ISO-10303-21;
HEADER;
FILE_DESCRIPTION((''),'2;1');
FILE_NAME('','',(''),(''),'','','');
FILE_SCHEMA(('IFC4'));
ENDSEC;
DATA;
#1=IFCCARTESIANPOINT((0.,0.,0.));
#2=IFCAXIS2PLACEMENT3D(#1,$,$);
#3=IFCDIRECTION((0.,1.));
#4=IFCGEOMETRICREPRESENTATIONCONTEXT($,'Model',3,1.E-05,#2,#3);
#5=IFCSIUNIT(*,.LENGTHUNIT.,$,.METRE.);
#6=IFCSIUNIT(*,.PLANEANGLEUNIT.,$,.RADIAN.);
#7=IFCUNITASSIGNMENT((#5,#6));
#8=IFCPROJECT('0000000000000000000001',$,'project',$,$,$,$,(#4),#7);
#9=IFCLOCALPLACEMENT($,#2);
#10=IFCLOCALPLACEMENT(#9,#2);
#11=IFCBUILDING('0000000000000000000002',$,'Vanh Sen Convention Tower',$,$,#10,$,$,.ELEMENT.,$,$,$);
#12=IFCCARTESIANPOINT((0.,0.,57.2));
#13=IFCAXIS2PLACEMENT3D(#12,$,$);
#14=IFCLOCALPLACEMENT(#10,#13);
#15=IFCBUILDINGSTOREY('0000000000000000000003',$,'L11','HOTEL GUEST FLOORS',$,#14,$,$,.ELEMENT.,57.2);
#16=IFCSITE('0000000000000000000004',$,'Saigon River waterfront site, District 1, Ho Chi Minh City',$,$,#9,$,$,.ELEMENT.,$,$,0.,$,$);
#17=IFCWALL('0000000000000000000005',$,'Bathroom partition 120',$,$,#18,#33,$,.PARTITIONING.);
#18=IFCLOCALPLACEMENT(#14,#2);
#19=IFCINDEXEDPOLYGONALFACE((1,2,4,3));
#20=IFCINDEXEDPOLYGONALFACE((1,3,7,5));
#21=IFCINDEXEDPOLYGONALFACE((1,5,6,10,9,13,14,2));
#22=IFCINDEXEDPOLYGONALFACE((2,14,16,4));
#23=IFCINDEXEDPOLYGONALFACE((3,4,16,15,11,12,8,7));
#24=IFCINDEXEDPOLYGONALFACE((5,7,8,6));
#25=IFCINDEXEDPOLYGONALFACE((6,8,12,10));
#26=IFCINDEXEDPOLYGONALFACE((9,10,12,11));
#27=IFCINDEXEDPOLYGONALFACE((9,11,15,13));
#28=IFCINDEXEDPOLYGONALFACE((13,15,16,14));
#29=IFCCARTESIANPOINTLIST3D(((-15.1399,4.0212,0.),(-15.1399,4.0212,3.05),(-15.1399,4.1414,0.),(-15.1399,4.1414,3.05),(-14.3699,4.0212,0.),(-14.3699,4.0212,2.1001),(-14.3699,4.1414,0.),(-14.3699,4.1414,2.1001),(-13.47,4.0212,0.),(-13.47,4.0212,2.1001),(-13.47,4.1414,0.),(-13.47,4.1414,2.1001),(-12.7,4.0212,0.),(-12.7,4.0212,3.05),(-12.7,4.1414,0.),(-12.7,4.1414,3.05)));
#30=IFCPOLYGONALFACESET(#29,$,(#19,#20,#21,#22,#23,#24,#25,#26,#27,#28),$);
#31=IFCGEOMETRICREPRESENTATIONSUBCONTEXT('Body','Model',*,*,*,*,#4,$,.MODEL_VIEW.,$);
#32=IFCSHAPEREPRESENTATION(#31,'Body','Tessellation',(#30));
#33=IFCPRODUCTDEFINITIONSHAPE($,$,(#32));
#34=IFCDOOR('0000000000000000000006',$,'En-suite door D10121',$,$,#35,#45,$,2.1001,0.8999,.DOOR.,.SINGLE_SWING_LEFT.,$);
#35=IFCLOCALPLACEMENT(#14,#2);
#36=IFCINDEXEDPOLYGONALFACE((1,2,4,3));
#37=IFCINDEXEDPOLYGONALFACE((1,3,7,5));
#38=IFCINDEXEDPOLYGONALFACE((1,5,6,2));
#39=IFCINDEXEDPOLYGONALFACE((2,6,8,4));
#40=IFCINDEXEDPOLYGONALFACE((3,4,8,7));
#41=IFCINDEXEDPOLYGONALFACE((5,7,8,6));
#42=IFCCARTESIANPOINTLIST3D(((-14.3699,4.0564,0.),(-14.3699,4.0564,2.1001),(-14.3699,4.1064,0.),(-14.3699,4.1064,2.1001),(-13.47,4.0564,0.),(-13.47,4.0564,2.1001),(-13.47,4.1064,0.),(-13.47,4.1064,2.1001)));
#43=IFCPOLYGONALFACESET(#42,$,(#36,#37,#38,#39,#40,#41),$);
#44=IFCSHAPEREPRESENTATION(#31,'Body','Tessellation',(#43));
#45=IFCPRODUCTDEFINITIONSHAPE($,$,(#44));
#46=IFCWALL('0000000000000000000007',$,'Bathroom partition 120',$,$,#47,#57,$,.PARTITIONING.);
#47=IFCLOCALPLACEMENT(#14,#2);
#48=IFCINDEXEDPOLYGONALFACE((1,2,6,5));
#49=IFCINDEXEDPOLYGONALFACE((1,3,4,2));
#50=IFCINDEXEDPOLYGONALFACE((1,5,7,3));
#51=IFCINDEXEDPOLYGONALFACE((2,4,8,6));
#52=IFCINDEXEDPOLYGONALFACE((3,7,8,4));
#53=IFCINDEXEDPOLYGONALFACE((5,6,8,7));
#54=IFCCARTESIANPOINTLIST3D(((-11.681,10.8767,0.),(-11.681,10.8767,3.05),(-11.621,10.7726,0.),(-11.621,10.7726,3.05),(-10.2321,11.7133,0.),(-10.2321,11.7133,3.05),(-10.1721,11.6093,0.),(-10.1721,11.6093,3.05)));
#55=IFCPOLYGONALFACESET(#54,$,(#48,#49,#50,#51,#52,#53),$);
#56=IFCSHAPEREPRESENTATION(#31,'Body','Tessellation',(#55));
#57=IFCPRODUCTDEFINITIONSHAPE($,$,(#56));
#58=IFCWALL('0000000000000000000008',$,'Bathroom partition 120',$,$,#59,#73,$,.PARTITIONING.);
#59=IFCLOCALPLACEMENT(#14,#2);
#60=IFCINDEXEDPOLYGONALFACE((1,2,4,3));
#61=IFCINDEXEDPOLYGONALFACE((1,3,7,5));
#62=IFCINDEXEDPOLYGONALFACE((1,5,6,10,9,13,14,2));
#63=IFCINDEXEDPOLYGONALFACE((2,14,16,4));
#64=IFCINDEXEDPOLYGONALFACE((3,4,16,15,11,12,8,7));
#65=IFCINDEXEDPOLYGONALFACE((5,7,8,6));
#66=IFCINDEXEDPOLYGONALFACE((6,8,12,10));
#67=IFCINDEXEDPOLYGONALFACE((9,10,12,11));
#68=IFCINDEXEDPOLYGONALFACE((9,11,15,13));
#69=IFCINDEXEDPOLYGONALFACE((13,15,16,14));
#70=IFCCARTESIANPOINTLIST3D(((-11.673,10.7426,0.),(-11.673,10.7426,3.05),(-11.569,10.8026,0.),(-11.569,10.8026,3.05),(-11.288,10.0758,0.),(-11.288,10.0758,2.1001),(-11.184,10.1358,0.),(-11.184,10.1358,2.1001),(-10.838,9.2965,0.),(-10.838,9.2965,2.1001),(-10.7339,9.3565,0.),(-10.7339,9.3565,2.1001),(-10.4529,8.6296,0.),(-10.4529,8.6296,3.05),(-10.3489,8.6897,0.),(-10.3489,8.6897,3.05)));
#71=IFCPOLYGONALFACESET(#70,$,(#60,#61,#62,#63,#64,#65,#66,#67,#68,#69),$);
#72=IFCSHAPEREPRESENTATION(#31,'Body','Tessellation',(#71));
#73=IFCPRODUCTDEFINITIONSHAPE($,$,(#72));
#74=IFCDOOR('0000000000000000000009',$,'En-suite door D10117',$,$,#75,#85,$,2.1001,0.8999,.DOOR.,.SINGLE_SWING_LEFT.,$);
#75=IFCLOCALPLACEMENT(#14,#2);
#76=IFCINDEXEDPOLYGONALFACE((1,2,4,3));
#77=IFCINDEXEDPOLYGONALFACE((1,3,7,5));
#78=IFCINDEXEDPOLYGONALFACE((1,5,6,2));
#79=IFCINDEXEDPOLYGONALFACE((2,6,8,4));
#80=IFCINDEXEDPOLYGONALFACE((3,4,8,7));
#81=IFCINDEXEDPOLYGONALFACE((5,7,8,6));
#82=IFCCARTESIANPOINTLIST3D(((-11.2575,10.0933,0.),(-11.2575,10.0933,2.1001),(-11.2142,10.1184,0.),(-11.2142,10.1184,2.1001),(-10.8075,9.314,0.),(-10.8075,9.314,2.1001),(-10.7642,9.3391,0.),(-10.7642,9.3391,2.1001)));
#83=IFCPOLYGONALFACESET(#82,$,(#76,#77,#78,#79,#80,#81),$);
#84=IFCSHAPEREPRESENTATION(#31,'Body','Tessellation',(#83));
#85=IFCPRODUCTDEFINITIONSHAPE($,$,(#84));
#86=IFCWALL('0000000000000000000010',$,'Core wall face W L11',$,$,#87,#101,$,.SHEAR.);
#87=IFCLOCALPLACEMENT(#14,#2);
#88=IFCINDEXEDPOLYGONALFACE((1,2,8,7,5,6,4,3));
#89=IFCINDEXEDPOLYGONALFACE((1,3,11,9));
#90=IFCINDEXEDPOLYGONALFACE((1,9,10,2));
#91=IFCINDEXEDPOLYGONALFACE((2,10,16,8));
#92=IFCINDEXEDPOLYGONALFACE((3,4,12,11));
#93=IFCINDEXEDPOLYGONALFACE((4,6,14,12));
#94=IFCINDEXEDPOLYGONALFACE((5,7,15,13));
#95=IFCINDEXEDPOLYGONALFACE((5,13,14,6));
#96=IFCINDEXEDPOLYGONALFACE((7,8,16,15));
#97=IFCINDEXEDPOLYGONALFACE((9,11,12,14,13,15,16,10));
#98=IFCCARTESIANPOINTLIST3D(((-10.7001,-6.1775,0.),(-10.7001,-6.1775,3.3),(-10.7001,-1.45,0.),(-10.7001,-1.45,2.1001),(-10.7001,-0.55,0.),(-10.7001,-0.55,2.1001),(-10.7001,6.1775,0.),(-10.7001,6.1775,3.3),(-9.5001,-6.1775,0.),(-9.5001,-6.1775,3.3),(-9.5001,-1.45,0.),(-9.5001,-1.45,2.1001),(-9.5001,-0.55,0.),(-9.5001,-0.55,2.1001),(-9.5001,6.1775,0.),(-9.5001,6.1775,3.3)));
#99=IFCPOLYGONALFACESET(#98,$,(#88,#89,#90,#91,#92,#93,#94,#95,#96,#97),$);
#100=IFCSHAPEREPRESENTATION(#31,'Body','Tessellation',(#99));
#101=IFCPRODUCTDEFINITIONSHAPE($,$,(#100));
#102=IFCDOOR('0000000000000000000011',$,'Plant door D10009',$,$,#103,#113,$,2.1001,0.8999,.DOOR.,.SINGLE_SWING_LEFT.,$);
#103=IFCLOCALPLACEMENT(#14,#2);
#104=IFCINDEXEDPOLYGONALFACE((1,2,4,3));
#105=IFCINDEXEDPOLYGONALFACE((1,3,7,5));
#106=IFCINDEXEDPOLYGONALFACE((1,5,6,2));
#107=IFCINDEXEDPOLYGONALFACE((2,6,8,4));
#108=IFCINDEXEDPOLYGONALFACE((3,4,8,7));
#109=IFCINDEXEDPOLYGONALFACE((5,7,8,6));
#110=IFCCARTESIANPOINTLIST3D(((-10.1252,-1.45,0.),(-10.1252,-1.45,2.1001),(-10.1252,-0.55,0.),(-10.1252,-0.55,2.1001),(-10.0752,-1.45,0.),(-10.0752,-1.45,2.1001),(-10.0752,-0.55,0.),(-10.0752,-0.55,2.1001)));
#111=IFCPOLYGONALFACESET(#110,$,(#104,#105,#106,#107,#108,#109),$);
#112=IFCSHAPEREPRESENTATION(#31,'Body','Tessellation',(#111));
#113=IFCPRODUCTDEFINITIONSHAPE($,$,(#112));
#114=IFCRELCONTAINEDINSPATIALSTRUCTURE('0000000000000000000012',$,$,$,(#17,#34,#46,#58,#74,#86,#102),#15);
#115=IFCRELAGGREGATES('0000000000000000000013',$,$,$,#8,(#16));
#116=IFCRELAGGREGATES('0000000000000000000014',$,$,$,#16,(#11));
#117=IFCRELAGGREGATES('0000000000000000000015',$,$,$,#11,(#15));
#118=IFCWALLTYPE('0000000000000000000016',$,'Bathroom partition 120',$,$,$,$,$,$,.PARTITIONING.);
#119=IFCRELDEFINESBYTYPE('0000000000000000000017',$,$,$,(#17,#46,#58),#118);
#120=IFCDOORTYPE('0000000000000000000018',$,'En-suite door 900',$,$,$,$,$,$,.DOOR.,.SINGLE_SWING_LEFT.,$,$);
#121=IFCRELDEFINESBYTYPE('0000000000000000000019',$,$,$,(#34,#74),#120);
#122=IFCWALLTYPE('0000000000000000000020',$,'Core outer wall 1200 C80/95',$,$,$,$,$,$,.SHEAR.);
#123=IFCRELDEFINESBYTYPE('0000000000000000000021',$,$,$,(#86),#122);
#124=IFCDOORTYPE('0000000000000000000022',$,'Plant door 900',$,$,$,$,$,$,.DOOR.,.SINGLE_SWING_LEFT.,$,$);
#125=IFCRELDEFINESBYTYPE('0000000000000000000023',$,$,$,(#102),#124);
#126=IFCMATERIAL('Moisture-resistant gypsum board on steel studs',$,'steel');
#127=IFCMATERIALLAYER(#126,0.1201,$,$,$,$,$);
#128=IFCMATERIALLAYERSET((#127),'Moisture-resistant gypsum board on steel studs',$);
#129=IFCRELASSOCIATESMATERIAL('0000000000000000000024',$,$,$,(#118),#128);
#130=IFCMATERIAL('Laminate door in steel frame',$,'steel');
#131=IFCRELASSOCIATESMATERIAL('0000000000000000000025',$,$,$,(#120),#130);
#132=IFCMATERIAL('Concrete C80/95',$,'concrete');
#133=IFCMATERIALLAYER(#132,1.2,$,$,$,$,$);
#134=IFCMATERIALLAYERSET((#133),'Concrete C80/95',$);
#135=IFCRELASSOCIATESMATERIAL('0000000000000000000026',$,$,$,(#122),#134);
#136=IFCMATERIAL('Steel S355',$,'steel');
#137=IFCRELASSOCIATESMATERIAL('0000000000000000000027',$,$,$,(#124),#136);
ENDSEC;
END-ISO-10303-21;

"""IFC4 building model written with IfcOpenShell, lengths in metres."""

from ifc_helpers import new_model, si_unit, direction, frame, frame_2d, origin, place, context, subcontext, project, spatial, rectangle, extrude, material, layer, layer_set, type_object, element, fill, save


model = new_model("IFC4")

# Units and contexts
model_context = context("Model", 3, precision=1e-05, world=origin(), true_north=direction((0.0, 1.0)))
body_context = subcontext(model_context, "Body", "Model", "MODEL_VIEW")
ifc_project = project(units=[si_unit("LENGTHUNIT", "METRE"), si_unit("PLANEANGLEUNIT", "RADIAN")], contexts=[model_context])

# Site, building, storey
site_placement = place(None, origin())
site = spatial("IfcSite", under=ifc_project, at=site_placement, Name="Saigon River waterfront site, District 1, Ho Chi Minh City", CompositionType="ELEMENT", RefElevation=0.0)
building_placement = place(site_placement, origin())
building = spatial("IfcBuilding", under=site, at=building_placement, Name="Vanh Sen Convention Tower", CompositionType="ELEMENT")
storey_placement = place(building_placement, frame((0.0, 0.0, 57.2)))
storey = spatial("IfcBuildingStorey", under=building, at=storey_placement, Name="L11", Description="HOTEL GUEST FLOORS", CompositionType="ELEMENT", Elevation=57.2)

# Wall, opening, door
ifc_material_1 = material(Name="Moisture-resistant gypsum board on steel studs", Category="steel")
ifc_layer_1 = layer(ifc_material_1, 0.1201)
ifc_layer_set_1 = layer_set([ifc_layer_1], Name="Moisture-resistant gypsum board on steel studs")
wall_type_1 = type_object("IfcWallType", Name="Bathroom partition 120", PredefinedType="PARTITIONING", material=ifc_layer_set_1)
wall_1_placement = place(storey_placement, frame((-12.7, 4.0813, 0.0), z_axis=(0.0, 0.0, 1.0), x_axis=(-1.0, 0.0, 0.0)))
wall_1 = element("IfcWall", 1, at=wall_1_placement, inside=storey, type_object=wall_type_1, Name="Bathroom partition 120", PredefinedType="PARTITIONING", context=body_context, shape_type="SweptSolid", body=[
    extrude(rectangle(XDim=2.4399, YDim=0.1201, at=frame_2d((1.22, 0.0))), origin(), (0.0, 0.0, 1.0), 3.05),
])
opening_1_placement = place(wall_1_placement, frame((0.77, 0.0, 0.0)))
opening_1 = element("IfcOpeningElement", 2, at=opening_1_placement, cuts=wall_1, PredefinedType="OPENING", context=body_context, shape_type="SweptSolid", body=[
    extrude(rectangle(XDim=0.8999, YDim=2.1001, at=frame_2d((0.45, 1.05))), frame((0.0, 0.0701, 0.0), z_axis=(0.0, -1.0, 0.0), x_axis=(1.0, 0.0, 0.0)), (0.0, 0.0, 1.0), 0.1401),
])
ifc_material_2 = material(Name="Laminate door in steel frame", Category="steel")
door_type_1 = type_object("IfcDoorType", Name="En-suite door 900", OperationType="SINGLE_SWING_LEFT", PredefinedType="DOOR", material=ifc_material_2)
door_1_placement = place(opening_1_placement, origin())
door_1 = element("IfcDoor", 3, at=door_1_placement, inside=storey, type_object=door_type_1, Name="En-suite door D10121", OperationType="SINGLE_SWING_LEFT", OverallHeight=2.1001, OverallWidth=0.8999, PredefinedType="DOOR", context=body_context, shape_type="SweptSolid", body=[
    extrude(rectangle(XDim=0.8999, YDim=2.1001, at=frame_2d((0.45, 1.05))), frame((0.0, 0.0249, 0.0), z_axis=(0.0, -1.0, 0.0), x_axis=(1.0, 0.0, 0.0)), (0.0, 0.0, 1.0), 0.05),
])
fill(opening_1, door_1)

# Wall
wall_2_placement = place(storey_placement, frame((-11.6509, 10.8247, 0.0), z_axis=(0.0, 0.0, 1.0), x_axis=(0.865998, 0.500047, 0.0)))
element("IfcWall", 4, at=wall_2_placement, inside=storey, type_object=wall_type_1, Name="Bathroom partition 120", PredefinedType="PARTITIONING", context=body_context, shape_type="SweptSolid", body=[
    extrude(rectangle(XDim=1.6731, YDim=0.1201, at=frame_2d((0.8364, 0.0))), origin(), (0.0, 0.0, 1.0), 3.05),
])

# Walls, openings, doors
wall_3_placement = place(storey_placement, frame((-10.4009, 8.6597, 0.0), z_axis=(0.0, 0.0, 1.0), x_axis=(-0.500078, 0.865981, 0.0)))
wall_3 = element("IfcWall", 5, at=wall_3_placement, inside=storey, type_object=wall_type_1, Name="Bathroom partition 120", PredefinedType="PARTITIONING", context=body_context, shape_type="SweptSolid", body=[
    extrude(rectangle(XDim=2.4399, YDim=0.1201, at=frame_2d((1.22, 0.0))), origin(), (0.0, 0.0, 1.0), 3.05),
])
opening_2_placement = place(wall_3_placement, frame((0.77, 0.0, 0.0)))
opening_2 = element("IfcOpeningElement", 6, at=opening_2_placement, cuts=wall_3, PredefinedType="OPENING", context=body_context, shape_type="SweptSolid", body=[
    extrude(rectangle(XDim=0.8999, YDim=2.1001, at=frame_2d((0.45, 1.05))), frame((0.0, 0.0701, 0.0), z_axis=(0.0, -1.0, 0.0), x_axis=(1.0, 0.0, 0.0)), (0.0, 0.0, 1.0), 0.1401),
])
door_2_placement = place(opening_2_placement, origin())
door_2 = element("IfcDoor", 7, at=door_2_placement, inside=storey, type_object=door_type_1, Name="En-suite door D10117", OperationType="SINGLE_SWING_LEFT", OverallHeight=2.1001, OverallWidth=0.8999, PredefinedType="DOOR", context=body_context, shape_type="SweptSolid", body=[
    extrude(rectangle(XDim=0.8999, YDim=2.1001, at=frame_2d((0.45, 1.05))), frame((0.0, 0.0249, 0.0), z_axis=(0.0, -1.0, 0.0), x_axis=(1.0, 0.0, 0.0)), (0.0, 0.0, 1.0), 0.05),
])
fill(opening_2, door_2)
ifc_material_3 = material(Name="Concrete C80/95", Category="concrete")
ifc_layer_2 = layer(ifc_material_3, 1.2)
ifc_layer_set_2 = layer_set([ifc_layer_2], Name="Concrete C80/95")
wall_type_2 = type_object("IfcWallType", Name="Core outer wall 1200 C80/95", PredefinedType="SHEAR", material=ifc_layer_set_2)
wall_4_placement = place(storey_placement, frame((-10.1001, 6.1775, 0.0), z_axis=(0.0, 0.0, 1.0), x_axis=(0.0, -1.0, 0.0)))
wall_4 = element("IfcWall", 8, at=wall_4_placement, inside=storey, type_object=wall_type_2, Name="Core wall face W L11", PredefinedType="SHEAR", context=body_context, shape_type="SweptSolid", body=[
    extrude(rectangle(XDim=12.355, YDim=1.2, at=frame_2d((6.1775, 0.0))), origin(), (0.0, 0.0, 1.0), 3.3),
])
opening_3_placement = place(wall_4_placement, frame((6.7275, 0.0, 0.0)))
opening_3 = element("IfcOpeningElement", 9, at=opening_3_placement, cuts=wall_4, PredefinedType="OPENING", context=body_context, shape_type="SweptSolid", body=[
    extrude(rectangle(XDim=0.8999, YDim=2.1001, at=frame_2d((0.45, 1.05))), frame((0.0, 0.6099, 0.0), z_axis=(0.0, -1.0, 0.0), x_axis=(1.0, 0.0, 0.0)), (0.0, 0.0, 1.0), 1.22),
])
ifc_material_4 = material(Name="Steel S355", Category="steel")
door_type_2 = type_object("IfcDoorType", Name="Plant door 900", OperationType="SINGLE_SWING_LEFT", PredefinedType="DOOR", material=ifc_material_4)
door_3_placement = place(opening_3_placement, origin())
door_3 = element("IfcDoor", 10, at=door_3_placement, inside=storey, type_object=door_type_2, Name="Plant door D10009", OperationType="SINGLE_SWING_LEFT", OverallHeight=2.1001, OverallWidth=0.8999, PredefinedType="DOOR", context=body_context, shape_type="SweptSolid", body=[
    extrude(rectangle(XDim=0.8999, YDim=2.1001, at=frame_2d((0.45, 1.05))), frame((0.0, 0.0249, 0.0), z_axis=(0.0, -1.0, 0.0), x_axis=(1.0, 0.0, 0.0)), (0.0, 0.0, 1.0), 0.05),
])
fill(opening_3, door_3)

save(model, "model.ifc")
